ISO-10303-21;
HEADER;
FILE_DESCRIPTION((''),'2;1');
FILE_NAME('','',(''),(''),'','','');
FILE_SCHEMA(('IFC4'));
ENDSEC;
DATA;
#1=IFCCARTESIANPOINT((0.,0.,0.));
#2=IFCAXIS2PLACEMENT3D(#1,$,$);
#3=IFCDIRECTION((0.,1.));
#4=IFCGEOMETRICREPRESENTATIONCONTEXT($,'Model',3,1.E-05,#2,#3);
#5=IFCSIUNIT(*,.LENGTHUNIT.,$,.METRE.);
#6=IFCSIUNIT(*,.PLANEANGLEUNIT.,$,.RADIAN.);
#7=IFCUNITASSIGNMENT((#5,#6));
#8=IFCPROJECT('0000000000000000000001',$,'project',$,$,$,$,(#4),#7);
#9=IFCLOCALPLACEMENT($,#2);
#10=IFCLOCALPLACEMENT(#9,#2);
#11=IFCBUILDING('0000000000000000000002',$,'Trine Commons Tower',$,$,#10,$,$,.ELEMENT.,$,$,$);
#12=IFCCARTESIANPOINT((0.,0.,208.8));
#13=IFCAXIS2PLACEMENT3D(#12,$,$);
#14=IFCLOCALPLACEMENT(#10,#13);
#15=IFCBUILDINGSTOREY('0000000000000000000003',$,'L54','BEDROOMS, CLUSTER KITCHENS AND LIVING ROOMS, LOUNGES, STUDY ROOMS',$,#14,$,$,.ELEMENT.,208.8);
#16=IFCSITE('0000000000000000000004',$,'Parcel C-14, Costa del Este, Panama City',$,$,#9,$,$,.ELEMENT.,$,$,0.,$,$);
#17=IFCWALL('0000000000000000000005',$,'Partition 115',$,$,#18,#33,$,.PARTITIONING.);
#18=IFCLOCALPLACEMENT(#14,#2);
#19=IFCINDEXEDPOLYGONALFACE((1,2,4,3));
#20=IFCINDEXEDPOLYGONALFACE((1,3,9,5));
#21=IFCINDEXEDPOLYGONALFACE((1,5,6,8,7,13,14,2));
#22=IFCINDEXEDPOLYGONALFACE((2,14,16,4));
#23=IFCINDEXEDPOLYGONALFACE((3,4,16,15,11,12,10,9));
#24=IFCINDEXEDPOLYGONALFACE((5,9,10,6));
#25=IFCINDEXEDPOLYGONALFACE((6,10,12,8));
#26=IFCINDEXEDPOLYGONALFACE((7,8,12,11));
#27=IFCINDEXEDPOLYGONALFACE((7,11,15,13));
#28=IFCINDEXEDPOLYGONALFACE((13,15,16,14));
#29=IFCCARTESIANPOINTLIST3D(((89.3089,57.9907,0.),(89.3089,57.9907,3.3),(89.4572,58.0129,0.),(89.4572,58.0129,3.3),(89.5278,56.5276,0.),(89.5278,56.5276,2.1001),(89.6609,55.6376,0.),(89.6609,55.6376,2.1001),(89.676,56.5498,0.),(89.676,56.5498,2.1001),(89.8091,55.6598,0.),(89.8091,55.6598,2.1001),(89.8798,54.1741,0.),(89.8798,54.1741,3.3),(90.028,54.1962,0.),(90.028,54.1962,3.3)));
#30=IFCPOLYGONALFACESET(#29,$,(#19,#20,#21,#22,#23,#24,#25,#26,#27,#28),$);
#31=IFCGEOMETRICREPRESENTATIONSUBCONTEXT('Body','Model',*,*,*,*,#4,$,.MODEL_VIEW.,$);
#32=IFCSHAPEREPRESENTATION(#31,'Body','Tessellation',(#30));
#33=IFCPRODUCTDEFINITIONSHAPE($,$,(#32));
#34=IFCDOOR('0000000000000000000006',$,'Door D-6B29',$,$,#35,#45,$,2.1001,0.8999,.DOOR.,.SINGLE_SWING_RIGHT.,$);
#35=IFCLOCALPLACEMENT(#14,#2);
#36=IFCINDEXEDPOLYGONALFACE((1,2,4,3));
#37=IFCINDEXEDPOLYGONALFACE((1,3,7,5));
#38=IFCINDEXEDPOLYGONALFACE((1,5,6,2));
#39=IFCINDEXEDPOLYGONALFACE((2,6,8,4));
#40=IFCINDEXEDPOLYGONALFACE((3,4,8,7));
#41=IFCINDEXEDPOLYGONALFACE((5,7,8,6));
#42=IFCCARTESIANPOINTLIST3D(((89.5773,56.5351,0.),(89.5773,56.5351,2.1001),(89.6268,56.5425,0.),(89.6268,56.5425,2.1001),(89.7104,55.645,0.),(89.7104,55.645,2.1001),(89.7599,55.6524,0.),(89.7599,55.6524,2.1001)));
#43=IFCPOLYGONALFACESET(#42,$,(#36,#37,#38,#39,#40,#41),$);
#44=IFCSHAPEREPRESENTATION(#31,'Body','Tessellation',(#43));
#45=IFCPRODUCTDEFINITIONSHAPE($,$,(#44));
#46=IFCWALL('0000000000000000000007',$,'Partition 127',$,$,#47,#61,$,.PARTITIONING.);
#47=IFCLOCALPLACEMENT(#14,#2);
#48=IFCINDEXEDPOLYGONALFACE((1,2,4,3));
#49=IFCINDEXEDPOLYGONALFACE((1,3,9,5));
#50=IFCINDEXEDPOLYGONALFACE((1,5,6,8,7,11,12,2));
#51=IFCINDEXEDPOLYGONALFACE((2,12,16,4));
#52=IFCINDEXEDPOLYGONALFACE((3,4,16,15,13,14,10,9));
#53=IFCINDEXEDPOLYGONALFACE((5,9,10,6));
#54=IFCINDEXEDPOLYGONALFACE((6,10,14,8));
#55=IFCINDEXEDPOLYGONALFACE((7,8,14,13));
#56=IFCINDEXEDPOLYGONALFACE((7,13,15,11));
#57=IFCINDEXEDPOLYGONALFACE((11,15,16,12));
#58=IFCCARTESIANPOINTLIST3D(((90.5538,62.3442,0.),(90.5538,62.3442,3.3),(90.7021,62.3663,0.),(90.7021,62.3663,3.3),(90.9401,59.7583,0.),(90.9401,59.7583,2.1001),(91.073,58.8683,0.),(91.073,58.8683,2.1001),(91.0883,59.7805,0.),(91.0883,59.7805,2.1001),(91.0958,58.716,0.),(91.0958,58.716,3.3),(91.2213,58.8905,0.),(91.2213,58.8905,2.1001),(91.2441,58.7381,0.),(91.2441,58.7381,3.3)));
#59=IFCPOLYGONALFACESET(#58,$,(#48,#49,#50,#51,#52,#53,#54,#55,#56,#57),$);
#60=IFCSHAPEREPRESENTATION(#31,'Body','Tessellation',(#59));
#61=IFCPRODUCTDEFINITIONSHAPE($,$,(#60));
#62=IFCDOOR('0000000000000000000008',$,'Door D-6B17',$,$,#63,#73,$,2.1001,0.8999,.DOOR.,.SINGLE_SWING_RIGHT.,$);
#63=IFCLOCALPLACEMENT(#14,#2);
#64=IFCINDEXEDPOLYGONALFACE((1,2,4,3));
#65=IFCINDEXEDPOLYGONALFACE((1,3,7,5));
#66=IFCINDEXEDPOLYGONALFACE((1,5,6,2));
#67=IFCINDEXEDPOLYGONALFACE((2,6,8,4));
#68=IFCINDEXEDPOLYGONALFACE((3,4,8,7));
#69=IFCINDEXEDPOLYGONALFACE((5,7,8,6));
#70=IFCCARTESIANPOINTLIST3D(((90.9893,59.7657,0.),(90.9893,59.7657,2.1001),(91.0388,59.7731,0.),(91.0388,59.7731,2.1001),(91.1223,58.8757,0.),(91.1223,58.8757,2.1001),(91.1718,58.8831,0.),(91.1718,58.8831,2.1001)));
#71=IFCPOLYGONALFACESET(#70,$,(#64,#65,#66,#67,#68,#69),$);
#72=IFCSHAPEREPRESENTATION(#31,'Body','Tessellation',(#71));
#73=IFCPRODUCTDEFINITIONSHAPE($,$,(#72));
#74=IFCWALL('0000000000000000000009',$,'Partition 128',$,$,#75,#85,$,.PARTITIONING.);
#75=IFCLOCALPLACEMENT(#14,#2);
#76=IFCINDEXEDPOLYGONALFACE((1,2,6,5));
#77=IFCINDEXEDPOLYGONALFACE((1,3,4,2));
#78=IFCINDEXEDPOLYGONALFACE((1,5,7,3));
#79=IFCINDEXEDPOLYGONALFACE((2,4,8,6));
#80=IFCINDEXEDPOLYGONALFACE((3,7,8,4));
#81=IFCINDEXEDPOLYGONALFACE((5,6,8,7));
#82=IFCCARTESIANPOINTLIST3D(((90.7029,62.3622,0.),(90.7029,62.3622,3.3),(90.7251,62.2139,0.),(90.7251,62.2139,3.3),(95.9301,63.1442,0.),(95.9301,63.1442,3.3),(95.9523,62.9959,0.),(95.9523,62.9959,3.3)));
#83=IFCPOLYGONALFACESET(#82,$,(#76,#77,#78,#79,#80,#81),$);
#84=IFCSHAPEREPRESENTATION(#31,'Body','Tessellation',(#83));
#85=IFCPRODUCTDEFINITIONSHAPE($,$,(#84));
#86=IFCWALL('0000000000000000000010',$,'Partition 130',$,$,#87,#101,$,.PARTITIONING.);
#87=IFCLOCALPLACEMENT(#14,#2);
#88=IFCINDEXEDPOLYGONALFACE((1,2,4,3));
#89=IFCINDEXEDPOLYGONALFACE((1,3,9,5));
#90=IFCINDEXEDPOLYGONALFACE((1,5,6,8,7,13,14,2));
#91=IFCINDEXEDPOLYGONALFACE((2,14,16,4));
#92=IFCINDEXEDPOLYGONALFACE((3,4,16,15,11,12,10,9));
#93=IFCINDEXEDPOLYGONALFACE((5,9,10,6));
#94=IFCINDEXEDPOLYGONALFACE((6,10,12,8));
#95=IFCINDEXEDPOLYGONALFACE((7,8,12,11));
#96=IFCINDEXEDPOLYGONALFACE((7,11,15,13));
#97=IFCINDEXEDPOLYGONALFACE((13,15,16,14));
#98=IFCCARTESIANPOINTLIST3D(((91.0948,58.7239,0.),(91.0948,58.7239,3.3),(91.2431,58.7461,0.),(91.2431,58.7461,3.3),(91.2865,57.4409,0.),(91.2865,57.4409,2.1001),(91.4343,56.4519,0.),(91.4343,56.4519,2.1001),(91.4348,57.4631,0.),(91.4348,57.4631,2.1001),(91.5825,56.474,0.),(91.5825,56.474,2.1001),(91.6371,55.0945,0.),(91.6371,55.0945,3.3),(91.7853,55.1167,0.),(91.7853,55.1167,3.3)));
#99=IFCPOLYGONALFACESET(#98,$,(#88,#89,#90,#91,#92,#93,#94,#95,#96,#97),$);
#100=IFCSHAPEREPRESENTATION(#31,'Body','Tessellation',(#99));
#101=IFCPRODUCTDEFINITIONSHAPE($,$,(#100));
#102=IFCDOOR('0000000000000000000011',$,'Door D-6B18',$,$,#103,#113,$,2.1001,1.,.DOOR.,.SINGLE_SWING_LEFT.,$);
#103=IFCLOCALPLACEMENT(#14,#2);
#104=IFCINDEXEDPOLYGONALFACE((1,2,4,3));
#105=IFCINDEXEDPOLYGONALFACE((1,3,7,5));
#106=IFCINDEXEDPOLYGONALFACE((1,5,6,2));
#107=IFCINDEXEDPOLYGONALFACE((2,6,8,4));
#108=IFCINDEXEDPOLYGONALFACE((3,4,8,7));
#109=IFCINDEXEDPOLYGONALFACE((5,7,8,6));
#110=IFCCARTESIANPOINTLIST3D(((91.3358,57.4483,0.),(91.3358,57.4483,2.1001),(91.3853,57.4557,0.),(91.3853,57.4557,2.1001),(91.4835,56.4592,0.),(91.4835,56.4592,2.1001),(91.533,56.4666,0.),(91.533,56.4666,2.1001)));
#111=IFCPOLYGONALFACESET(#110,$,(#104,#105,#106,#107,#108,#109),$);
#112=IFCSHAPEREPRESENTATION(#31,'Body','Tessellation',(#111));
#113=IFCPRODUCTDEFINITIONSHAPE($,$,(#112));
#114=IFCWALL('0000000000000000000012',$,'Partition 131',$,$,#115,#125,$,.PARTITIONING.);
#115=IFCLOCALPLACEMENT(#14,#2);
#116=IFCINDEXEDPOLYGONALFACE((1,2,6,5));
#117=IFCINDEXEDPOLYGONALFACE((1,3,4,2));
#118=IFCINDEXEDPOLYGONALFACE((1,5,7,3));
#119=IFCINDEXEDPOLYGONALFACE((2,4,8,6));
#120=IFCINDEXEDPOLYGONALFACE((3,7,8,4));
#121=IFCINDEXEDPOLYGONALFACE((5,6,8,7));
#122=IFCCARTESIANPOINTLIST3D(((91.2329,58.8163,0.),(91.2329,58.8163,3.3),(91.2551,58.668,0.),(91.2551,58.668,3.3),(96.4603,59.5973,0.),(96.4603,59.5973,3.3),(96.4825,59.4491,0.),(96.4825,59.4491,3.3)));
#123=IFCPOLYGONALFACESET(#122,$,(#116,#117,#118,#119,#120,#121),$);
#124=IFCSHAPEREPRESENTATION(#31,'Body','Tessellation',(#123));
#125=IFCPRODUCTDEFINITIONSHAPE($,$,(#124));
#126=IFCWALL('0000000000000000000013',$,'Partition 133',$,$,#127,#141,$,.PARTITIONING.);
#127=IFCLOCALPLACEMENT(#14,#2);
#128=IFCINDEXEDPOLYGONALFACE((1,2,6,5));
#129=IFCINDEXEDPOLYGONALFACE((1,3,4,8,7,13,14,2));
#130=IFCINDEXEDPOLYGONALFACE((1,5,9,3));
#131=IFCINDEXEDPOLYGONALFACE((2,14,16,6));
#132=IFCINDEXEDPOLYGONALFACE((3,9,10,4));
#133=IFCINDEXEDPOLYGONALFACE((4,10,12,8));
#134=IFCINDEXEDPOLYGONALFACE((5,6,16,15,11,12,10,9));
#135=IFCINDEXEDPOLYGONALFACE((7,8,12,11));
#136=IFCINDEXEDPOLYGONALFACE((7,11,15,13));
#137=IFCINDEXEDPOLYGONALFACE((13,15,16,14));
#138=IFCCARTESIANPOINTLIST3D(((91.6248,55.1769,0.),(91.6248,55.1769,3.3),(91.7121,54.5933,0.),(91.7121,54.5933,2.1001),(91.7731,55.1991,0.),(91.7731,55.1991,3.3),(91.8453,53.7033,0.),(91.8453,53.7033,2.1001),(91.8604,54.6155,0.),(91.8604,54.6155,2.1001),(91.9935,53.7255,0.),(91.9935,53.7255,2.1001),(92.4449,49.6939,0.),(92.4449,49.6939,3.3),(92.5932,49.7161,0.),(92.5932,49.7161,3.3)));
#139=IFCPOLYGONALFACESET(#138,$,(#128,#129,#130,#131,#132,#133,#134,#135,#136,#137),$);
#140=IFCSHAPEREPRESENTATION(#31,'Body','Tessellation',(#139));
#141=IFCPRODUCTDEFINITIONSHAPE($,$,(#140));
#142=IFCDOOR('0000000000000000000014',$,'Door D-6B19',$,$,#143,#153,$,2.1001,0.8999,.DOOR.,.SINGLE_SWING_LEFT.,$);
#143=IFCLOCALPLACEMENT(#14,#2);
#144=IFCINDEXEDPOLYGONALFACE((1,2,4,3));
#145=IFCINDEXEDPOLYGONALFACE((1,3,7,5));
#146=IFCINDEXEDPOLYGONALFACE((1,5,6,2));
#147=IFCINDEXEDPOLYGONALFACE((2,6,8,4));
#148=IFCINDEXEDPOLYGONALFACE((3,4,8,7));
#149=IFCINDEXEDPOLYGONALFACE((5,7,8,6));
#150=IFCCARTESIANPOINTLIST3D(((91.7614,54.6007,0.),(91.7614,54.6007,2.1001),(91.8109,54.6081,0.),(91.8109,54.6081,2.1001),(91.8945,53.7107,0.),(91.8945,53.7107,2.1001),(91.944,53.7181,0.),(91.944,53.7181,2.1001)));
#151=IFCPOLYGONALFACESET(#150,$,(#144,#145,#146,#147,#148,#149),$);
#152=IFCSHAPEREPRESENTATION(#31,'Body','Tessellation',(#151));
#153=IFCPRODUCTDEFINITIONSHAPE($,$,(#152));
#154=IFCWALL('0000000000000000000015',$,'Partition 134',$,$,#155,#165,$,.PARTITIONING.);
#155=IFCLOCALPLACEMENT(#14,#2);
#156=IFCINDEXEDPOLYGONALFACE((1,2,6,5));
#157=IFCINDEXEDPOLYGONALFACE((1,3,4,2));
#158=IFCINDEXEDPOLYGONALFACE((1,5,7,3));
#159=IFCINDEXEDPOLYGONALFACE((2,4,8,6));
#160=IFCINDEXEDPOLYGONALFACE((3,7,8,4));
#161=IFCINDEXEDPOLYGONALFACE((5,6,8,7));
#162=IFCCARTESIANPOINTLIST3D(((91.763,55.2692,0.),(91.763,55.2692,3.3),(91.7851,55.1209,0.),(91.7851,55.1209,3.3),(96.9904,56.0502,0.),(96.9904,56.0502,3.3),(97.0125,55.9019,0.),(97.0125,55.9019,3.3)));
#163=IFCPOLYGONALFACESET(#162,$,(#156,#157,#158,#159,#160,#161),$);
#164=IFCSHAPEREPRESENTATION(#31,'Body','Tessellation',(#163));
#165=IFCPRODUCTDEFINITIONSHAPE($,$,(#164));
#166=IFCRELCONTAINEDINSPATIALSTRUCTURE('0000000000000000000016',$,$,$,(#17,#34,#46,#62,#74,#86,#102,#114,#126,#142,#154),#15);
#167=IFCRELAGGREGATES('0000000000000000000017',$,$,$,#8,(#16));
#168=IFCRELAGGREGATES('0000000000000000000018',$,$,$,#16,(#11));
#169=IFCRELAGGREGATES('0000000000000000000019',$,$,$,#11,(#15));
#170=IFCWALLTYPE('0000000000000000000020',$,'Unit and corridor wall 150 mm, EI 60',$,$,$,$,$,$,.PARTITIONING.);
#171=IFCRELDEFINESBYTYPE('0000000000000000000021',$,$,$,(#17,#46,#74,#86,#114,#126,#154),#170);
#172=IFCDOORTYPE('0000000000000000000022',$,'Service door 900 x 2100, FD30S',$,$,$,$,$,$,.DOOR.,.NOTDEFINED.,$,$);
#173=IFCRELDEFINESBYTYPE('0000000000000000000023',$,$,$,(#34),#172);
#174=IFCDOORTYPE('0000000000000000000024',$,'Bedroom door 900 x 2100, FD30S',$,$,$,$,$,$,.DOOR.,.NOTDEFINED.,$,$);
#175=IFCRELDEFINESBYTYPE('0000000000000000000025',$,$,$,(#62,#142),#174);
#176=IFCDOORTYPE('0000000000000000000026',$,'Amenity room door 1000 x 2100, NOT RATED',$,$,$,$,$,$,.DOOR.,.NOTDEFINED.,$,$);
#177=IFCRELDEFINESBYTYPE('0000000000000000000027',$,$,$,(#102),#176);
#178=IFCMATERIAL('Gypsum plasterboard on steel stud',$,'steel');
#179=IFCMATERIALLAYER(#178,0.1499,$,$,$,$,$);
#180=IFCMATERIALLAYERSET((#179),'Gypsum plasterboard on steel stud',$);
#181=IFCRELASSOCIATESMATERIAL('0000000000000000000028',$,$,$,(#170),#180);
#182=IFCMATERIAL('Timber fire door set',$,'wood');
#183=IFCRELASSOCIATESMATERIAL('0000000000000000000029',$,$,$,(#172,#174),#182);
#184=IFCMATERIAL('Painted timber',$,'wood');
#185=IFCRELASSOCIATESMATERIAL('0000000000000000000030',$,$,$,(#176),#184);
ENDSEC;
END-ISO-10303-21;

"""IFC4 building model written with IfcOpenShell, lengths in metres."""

from ifc_helpers import new_model, si_unit, direction, frame, frame_2d, origin, place, context, subcontext, project, spatial, rectangle, extrude, material, layer, layer_set, type_object, element, fill, save


model = new_model("IFC4")

# Units and contexts
model_context = context("Model", 3, precision=1e-05, world=origin(), true_north=direction((0.0, 1.0)))
body_context = subcontext(model_context, "Body", "Model", "MODEL_VIEW")
ifc_project = project(units=[si_unit("LENGTHUNIT", "METRE"), si_unit("PLANEANGLEUNIT", "RADIAN")], contexts=[model_context])

# Site, building, storey
site_placement = place(None, origin())
site = spatial("IfcSite", under=ifc_project, at=site_placement, Name="Parcel C-14, Costa del Este, Panama City", CompositionType="ELEMENT", RefElevation=0.0)
building_placement = place(site_placement, origin())
building = spatial("IfcBuilding", under=site, at=building_placement, Name="Trine Commons Tower", CompositionType="ELEMENT")
storey_placement = place(building_placement, frame((0.0, 0.0, 208.8)))
storey = spatial("IfcBuildingStorey", under=building, at=storey_placement, Name="L54", Description="BEDROOMS, CLUSTER KITCHENS AND LIVING ROOMS, LOUNGES, STUDY ROOMS", CompositionType="ELEMENT", Elevation=208.8)

# Shared definitions
ifc_material_1 = material(Name="Gypsum plasterboard on steel stud", Category="steel")
ifc_layer_1 = layer(ifc_material_1, 0.1499)
ifc_layer_set_1 = layer_set([ifc_layer_1], Name="Gypsum plasterboard on steel stud")
wall_type_1 = type_object("IfcWallType", Name="Unit and corridor wall 150 mm, EI 60", PredefinedType="PARTITIONING", material=ifc_layer_set_1)

# Walls, openings, doors
wall_1_placement = place(storey_placement, frame((89.3831, 58.002, 0.0), z_axis=(0.0, 0.0, 1.0), x_axis=(0.14791, -0.989001, 0.0)))
wall_1 = element("IfcWall", 1, at=wall_1_placement, inside=storey, type_object=wall_type_1, Name="Partition 115", PredefinedType="PARTITIONING", context=body_context, shape_type="SweptSolid", body=[
    extrude(rectangle(XDim=3.8591, YDim=0.1499, at=frame_2d((1.9297, 0.0))), origin(), (0.0, 0.0, 1.0), 3.3),
])
opening_1_placement = place(wall_1_placement, frame((1.4795, 0.0, 0.0)))
opening_1 = element("IfcOpeningElement", 2, at=opening_1_placement, cuts=wall_1, PredefinedType="OPENING", context=body_context, shape_type="SweptSolid", body=[
    extrude(rectangle(XDim=0.8999, YDim=2.1001, at=frame_2d((0.45, 1.05))), frame((0.0, 0.085, 0.0), z_axis=(0.0, -1.0, 0.0), x_axis=(1.0, 0.0, 0.0)), (0.0, 0.0, 1.0), 0.1699),
])
ifc_material_2 = material(Name="Timber fire door set", Category="wood")
door_type_1 = type_object("IfcDoorType", Name="Service door 900 x 2100, FD30S", OperationType="NOTDEFINED", PredefinedType="DOOR", material=ifc_material_2)
door_1_placement = place(opening_1_placement, frame((0.8999, 0.0, 0.0), z_axis=(0.0, 0.0, 1.0), x_axis=(-1.0, 0.0, 0.0)))
door_1 = element("IfcDoor", 3, at=door_1_placement, inside=storey, type_object=door_type_1, Name="Door D-6B29", OperationType="SINGLE_SWING_RIGHT", OverallHeight=2.1001, OverallWidth=0.8999, PredefinedType="DOOR", context=body_context, shape_type="SweptSolid", body=[
    extrude(rectangle(XDim=0.8999, YDim=2.1001, at=frame_2d((0.45, 1.05))), frame((0.0, 0.0249, 0.0), z_axis=(0.0, -1.0, 0.0), x_axis=(1.0, 0.0, 0.0)), (0.0, 0.0, 1.0), 0.05),
])
fill(opening_1, door_1)
wall_2_placement = place(storey_placement, frame((90.6279, 62.3552, 0.0), z_axis=(0.0, 0.0, 1.0), x_axis=(0.147745, -0.989026, 0.0)))
wall_2 = element("IfcWall", 4, at=wall_2_placement, inside=storey, type_object=wall_type_1, Name="Partition 127", PredefinedType="PARTITIONING", context=body_context, shape_type="SweptSolid", body=[
    extrude(rectangle(XDim=3.6685, YDim=0.1499, at=frame_2d((1.8342, 0.0))), origin(), (0.0, 0.0, 1.0), 3.3),
])
opening_2_placement = place(wall_2_placement, frame((2.6145, 0.0, 0.0)))
opening_2 = element("IfcOpeningElement", 5, at=opening_2_placement, cuts=wall_2, PredefinedType="OPENING", context=body_context, shape_type="SweptSolid", body=[
    extrude(rectangle(XDim=0.8999, YDim=2.1001, at=frame_2d((0.45, 1.05))), frame((0.0, 0.085, 0.0), z_axis=(0.0, -1.0, 0.0), x_axis=(1.0, 0.0, 0.0)), (0.0, 0.0, 1.0), 0.1699),
])
door_type_2 = type_object("IfcDoorType", Name="Bedroom door 900 x 2100, FD30S", OperationType="NOTDEFINED", PredefinedType="DOOR", material=ifc_material_2)
door_2_placement = place(opening_2_placement, origin())
door_2 = element("IfcDoor", 6, at=door_2_placement, inside=storey, type_object=door_type_2, Name="Door D-6B17", OperationType="SINGLE_SWING_RIGHT", OverallHeight=2.1001, OverallWidth=0.8999, PredefinedType="DOOR", context=body_context, shape_type="SweptSolid", body=[
    extrude(rectangle(XDim=0.8999, YDim=2.1001, at=frame_2d((0.45, 1.05))), frame((0.0, 0.0249, 0.0), z_axis=(0.0, -1.0, 0.0), x_axis=(1.0, 0.0, 0.0)), (0.0, 0.0, 1.0), 0.05),
])
fill(opening_2, door_2)

# Wall
wall_3_placement = place(storey_placement, frame((90.7141, 62.2881, 0.0), z_axis=(0.0, 0.0, 1.0), x_axis=(0.988995, 0.14795, 0.0)))
element("IfcWall", 7, at=wall_3_placement, inside=storey, type_object=wall_type_1, Name="Partition 128", PredefinedType="PARTITIONING", context=body_context, shape_type="SweptSolid", body=[
    extrude(rectangle(XDim=5.2854, YDim=0.1499, at=frame_2d((2.6426, 0.0))), origin(), (0.0, 0.0, 1.0), 3.3),
])

# Wall, opening, door
wall_4_placement = place(storey_placement, frame((91.1689, 58.7351, 0.0), z_axis=(0.0, 0.0, 1.0), x_axis=(0.147761, -0.989023, 0.0)))
wall_4 = element("IfcWall", 8, at=wall_4_placement, inside=storey, type_object=wall_type_1, Name="Partition 130", PredefinedType="PARTITIONING", context=body_context, shape_type="SweptSolid", body=[
    extrude(rectangle(XDim=3.6697, YDim=0.1499, at=frame_2d((1.835, 0.0))), origin(), (0.0, 0.0, 1.0), 3.3),
])
opening_3_placement = place(wall_4_placement, frame((1.2974, 0.0, 0.0)))
opening_3 = element("IfcOpeningElement", 9, at=opening_3_placement, cuts=wall_4, PredefinedType="OPENING", context=body_context, shape_type="SweptSolid", body=[
    extrude(rectangle(XDim=1.0, YDim=2.1001, at=frame_2d((0.5, 1.05))), frame((0.0, 0.085, 0.0), z_axis=(0.0, -1.0, 0.0), x_axis=(1.0, 0.0, 0.0)), (0.0, 0.0, 1.0), 0.1699),
])
ifc_material_3 = material(Name="Painted timber", Category="wood")
door_type_3 = type_object("IfcDoorType", Name="Amenity room door 1000 x 2100, NOT RATED", OperationType="NOTDEFINED", PredefinedType="DOOR", material=ifc_material_3)
door_3_placement = place(opening_3_placement, origin())
door_3 = element("IfcDoor", 10, at=door_3_placement, inside=storey, type_object=door_type_3, Name="Door D-6B18", OperationType="SINGLE_SWING_LEFT", OverallHeight=2.1001, OverallWidth=1.0, PredefinedType="DOOR", context=body_context, shape_type="SweptSolid", body=[
    extrude(rectangle(XDim=1.0, YDim=2.1001, at=frame_2d((0.5, 1.05))), frame((0.0, 0.0249, 0.0), z_axis=(0.0, -1.0, 0.0), x_axis=(1.0, 0.0, 0.0)), (0.0, 0.0, 1.0), 0.05),
])
fill(opening_3, door_3)

# Wall
wall_5_placement = place(storey_placement, frame((91.2441, 58.7422, 0.0), z_axis=(0.0, 0.0, 1.0), x_axis=(0.989022, 0.147769, 0.0)))
element("IfcWall", 11, at=wall_5_placement, inside=storey, type_object=wall_type_1, Name="Partition 131", PredefinedType="PARTITIONING", context=body_context, shape_type="SweptSolid", body=[
    extrude(rectangle(XDim=5.2854, YDim=0.1499, at=frame_2d((2.6426, 0.0))), origin(), (0.0, 0.0, 1.0), 3.3),
])

# Wall, opening, door
wall_6_placement = place(storey_placement, frame((91.699, 55.188, 0.0), z_axis=(0.0, 0.0, 1.0), x_axis=(0.147923, -0.988999, 0.0)))
wall_6 = element("IfcWall", 12, at=wall_6_placement, inside=storey, type_object=wall_type_1, Name="Partition 133", PredefinedType="PARTITIONING", context=body_context, shape_type="SweptSolid", body=[
    extrude(rectangle(XDim=5.5439, YDim=0.1499, at=frame_2d((2.772, 0.0))), origin(), (0.0, 0.0, 1.0), 3.3),
])
opening_4_placement = place(wall_6_placement, frame((0.5901, 0.0, 0.0)))
opening_4 = element("IfcOpeningElement", 13, at=opening_4_placement, cuts=wall_6, PredefinedType="OPENING", context=body_context, shape_type="SweptSolid", body=[
    extrude(rectangle(XDim=0.8999, YDim=2.1001, at=frame_2d((0.45, 1.05))), frame((0.0, 0.085, 0.0), z_axis=(0.0, -1.0, 0.0), x_axis=(1.0, 0.0, 0.0)), (0.0, 0.0, 1.0), 0.1699),
])
door_4_placement = place(opening_4_placement, origin())
door_4 = element("IfcDoor", 14, at=door_4_placement, inside=storey, type_object=door_type_2, Name="Door D-6B19", OperationType="SINGLE_SWING_LEFT", OverallHeight=2.1001, OverallWidth=0.8999, PredefinedType="DOOR", context=body_context, shape_type="SweptSolid", body=[
    extrude(rectangle(XDim=0.8999, YDim=2.1001, at=frame_2d((0.45, 1.05))), frame((0.0, 0.0249, 0.0), z_axis=(0.0, -1.0, 0.0), x_axis=(1.0, 0.0, 0.0)), (0.0, 0.0, 1.0), 0.05),
])
fill(opening_4, door_4)

# Wall
wall_7_placement = place(storey_placement, frame((91.7742, 55.1951, 0.0), z_axis=(0.0, 0.0, 1.0), x_axis=(0.989022, 0.147769, 0.0)))
element("IfcWall", 15, at=wall_7_placement, inside=storey, type_object=wall_type_1, Name="Partition 134", PredefinedType="PARTITIONING", context=body_context, shape_type="SweptSolid", body=[
    extrude(rectangle(XDim=5.2854, YDim=0.1499, at=frame_2d((2.6426, 0.0))), origin(), (0.0, 0.0, 1.0), 3.3),
])

save(model, "model.ifc")
